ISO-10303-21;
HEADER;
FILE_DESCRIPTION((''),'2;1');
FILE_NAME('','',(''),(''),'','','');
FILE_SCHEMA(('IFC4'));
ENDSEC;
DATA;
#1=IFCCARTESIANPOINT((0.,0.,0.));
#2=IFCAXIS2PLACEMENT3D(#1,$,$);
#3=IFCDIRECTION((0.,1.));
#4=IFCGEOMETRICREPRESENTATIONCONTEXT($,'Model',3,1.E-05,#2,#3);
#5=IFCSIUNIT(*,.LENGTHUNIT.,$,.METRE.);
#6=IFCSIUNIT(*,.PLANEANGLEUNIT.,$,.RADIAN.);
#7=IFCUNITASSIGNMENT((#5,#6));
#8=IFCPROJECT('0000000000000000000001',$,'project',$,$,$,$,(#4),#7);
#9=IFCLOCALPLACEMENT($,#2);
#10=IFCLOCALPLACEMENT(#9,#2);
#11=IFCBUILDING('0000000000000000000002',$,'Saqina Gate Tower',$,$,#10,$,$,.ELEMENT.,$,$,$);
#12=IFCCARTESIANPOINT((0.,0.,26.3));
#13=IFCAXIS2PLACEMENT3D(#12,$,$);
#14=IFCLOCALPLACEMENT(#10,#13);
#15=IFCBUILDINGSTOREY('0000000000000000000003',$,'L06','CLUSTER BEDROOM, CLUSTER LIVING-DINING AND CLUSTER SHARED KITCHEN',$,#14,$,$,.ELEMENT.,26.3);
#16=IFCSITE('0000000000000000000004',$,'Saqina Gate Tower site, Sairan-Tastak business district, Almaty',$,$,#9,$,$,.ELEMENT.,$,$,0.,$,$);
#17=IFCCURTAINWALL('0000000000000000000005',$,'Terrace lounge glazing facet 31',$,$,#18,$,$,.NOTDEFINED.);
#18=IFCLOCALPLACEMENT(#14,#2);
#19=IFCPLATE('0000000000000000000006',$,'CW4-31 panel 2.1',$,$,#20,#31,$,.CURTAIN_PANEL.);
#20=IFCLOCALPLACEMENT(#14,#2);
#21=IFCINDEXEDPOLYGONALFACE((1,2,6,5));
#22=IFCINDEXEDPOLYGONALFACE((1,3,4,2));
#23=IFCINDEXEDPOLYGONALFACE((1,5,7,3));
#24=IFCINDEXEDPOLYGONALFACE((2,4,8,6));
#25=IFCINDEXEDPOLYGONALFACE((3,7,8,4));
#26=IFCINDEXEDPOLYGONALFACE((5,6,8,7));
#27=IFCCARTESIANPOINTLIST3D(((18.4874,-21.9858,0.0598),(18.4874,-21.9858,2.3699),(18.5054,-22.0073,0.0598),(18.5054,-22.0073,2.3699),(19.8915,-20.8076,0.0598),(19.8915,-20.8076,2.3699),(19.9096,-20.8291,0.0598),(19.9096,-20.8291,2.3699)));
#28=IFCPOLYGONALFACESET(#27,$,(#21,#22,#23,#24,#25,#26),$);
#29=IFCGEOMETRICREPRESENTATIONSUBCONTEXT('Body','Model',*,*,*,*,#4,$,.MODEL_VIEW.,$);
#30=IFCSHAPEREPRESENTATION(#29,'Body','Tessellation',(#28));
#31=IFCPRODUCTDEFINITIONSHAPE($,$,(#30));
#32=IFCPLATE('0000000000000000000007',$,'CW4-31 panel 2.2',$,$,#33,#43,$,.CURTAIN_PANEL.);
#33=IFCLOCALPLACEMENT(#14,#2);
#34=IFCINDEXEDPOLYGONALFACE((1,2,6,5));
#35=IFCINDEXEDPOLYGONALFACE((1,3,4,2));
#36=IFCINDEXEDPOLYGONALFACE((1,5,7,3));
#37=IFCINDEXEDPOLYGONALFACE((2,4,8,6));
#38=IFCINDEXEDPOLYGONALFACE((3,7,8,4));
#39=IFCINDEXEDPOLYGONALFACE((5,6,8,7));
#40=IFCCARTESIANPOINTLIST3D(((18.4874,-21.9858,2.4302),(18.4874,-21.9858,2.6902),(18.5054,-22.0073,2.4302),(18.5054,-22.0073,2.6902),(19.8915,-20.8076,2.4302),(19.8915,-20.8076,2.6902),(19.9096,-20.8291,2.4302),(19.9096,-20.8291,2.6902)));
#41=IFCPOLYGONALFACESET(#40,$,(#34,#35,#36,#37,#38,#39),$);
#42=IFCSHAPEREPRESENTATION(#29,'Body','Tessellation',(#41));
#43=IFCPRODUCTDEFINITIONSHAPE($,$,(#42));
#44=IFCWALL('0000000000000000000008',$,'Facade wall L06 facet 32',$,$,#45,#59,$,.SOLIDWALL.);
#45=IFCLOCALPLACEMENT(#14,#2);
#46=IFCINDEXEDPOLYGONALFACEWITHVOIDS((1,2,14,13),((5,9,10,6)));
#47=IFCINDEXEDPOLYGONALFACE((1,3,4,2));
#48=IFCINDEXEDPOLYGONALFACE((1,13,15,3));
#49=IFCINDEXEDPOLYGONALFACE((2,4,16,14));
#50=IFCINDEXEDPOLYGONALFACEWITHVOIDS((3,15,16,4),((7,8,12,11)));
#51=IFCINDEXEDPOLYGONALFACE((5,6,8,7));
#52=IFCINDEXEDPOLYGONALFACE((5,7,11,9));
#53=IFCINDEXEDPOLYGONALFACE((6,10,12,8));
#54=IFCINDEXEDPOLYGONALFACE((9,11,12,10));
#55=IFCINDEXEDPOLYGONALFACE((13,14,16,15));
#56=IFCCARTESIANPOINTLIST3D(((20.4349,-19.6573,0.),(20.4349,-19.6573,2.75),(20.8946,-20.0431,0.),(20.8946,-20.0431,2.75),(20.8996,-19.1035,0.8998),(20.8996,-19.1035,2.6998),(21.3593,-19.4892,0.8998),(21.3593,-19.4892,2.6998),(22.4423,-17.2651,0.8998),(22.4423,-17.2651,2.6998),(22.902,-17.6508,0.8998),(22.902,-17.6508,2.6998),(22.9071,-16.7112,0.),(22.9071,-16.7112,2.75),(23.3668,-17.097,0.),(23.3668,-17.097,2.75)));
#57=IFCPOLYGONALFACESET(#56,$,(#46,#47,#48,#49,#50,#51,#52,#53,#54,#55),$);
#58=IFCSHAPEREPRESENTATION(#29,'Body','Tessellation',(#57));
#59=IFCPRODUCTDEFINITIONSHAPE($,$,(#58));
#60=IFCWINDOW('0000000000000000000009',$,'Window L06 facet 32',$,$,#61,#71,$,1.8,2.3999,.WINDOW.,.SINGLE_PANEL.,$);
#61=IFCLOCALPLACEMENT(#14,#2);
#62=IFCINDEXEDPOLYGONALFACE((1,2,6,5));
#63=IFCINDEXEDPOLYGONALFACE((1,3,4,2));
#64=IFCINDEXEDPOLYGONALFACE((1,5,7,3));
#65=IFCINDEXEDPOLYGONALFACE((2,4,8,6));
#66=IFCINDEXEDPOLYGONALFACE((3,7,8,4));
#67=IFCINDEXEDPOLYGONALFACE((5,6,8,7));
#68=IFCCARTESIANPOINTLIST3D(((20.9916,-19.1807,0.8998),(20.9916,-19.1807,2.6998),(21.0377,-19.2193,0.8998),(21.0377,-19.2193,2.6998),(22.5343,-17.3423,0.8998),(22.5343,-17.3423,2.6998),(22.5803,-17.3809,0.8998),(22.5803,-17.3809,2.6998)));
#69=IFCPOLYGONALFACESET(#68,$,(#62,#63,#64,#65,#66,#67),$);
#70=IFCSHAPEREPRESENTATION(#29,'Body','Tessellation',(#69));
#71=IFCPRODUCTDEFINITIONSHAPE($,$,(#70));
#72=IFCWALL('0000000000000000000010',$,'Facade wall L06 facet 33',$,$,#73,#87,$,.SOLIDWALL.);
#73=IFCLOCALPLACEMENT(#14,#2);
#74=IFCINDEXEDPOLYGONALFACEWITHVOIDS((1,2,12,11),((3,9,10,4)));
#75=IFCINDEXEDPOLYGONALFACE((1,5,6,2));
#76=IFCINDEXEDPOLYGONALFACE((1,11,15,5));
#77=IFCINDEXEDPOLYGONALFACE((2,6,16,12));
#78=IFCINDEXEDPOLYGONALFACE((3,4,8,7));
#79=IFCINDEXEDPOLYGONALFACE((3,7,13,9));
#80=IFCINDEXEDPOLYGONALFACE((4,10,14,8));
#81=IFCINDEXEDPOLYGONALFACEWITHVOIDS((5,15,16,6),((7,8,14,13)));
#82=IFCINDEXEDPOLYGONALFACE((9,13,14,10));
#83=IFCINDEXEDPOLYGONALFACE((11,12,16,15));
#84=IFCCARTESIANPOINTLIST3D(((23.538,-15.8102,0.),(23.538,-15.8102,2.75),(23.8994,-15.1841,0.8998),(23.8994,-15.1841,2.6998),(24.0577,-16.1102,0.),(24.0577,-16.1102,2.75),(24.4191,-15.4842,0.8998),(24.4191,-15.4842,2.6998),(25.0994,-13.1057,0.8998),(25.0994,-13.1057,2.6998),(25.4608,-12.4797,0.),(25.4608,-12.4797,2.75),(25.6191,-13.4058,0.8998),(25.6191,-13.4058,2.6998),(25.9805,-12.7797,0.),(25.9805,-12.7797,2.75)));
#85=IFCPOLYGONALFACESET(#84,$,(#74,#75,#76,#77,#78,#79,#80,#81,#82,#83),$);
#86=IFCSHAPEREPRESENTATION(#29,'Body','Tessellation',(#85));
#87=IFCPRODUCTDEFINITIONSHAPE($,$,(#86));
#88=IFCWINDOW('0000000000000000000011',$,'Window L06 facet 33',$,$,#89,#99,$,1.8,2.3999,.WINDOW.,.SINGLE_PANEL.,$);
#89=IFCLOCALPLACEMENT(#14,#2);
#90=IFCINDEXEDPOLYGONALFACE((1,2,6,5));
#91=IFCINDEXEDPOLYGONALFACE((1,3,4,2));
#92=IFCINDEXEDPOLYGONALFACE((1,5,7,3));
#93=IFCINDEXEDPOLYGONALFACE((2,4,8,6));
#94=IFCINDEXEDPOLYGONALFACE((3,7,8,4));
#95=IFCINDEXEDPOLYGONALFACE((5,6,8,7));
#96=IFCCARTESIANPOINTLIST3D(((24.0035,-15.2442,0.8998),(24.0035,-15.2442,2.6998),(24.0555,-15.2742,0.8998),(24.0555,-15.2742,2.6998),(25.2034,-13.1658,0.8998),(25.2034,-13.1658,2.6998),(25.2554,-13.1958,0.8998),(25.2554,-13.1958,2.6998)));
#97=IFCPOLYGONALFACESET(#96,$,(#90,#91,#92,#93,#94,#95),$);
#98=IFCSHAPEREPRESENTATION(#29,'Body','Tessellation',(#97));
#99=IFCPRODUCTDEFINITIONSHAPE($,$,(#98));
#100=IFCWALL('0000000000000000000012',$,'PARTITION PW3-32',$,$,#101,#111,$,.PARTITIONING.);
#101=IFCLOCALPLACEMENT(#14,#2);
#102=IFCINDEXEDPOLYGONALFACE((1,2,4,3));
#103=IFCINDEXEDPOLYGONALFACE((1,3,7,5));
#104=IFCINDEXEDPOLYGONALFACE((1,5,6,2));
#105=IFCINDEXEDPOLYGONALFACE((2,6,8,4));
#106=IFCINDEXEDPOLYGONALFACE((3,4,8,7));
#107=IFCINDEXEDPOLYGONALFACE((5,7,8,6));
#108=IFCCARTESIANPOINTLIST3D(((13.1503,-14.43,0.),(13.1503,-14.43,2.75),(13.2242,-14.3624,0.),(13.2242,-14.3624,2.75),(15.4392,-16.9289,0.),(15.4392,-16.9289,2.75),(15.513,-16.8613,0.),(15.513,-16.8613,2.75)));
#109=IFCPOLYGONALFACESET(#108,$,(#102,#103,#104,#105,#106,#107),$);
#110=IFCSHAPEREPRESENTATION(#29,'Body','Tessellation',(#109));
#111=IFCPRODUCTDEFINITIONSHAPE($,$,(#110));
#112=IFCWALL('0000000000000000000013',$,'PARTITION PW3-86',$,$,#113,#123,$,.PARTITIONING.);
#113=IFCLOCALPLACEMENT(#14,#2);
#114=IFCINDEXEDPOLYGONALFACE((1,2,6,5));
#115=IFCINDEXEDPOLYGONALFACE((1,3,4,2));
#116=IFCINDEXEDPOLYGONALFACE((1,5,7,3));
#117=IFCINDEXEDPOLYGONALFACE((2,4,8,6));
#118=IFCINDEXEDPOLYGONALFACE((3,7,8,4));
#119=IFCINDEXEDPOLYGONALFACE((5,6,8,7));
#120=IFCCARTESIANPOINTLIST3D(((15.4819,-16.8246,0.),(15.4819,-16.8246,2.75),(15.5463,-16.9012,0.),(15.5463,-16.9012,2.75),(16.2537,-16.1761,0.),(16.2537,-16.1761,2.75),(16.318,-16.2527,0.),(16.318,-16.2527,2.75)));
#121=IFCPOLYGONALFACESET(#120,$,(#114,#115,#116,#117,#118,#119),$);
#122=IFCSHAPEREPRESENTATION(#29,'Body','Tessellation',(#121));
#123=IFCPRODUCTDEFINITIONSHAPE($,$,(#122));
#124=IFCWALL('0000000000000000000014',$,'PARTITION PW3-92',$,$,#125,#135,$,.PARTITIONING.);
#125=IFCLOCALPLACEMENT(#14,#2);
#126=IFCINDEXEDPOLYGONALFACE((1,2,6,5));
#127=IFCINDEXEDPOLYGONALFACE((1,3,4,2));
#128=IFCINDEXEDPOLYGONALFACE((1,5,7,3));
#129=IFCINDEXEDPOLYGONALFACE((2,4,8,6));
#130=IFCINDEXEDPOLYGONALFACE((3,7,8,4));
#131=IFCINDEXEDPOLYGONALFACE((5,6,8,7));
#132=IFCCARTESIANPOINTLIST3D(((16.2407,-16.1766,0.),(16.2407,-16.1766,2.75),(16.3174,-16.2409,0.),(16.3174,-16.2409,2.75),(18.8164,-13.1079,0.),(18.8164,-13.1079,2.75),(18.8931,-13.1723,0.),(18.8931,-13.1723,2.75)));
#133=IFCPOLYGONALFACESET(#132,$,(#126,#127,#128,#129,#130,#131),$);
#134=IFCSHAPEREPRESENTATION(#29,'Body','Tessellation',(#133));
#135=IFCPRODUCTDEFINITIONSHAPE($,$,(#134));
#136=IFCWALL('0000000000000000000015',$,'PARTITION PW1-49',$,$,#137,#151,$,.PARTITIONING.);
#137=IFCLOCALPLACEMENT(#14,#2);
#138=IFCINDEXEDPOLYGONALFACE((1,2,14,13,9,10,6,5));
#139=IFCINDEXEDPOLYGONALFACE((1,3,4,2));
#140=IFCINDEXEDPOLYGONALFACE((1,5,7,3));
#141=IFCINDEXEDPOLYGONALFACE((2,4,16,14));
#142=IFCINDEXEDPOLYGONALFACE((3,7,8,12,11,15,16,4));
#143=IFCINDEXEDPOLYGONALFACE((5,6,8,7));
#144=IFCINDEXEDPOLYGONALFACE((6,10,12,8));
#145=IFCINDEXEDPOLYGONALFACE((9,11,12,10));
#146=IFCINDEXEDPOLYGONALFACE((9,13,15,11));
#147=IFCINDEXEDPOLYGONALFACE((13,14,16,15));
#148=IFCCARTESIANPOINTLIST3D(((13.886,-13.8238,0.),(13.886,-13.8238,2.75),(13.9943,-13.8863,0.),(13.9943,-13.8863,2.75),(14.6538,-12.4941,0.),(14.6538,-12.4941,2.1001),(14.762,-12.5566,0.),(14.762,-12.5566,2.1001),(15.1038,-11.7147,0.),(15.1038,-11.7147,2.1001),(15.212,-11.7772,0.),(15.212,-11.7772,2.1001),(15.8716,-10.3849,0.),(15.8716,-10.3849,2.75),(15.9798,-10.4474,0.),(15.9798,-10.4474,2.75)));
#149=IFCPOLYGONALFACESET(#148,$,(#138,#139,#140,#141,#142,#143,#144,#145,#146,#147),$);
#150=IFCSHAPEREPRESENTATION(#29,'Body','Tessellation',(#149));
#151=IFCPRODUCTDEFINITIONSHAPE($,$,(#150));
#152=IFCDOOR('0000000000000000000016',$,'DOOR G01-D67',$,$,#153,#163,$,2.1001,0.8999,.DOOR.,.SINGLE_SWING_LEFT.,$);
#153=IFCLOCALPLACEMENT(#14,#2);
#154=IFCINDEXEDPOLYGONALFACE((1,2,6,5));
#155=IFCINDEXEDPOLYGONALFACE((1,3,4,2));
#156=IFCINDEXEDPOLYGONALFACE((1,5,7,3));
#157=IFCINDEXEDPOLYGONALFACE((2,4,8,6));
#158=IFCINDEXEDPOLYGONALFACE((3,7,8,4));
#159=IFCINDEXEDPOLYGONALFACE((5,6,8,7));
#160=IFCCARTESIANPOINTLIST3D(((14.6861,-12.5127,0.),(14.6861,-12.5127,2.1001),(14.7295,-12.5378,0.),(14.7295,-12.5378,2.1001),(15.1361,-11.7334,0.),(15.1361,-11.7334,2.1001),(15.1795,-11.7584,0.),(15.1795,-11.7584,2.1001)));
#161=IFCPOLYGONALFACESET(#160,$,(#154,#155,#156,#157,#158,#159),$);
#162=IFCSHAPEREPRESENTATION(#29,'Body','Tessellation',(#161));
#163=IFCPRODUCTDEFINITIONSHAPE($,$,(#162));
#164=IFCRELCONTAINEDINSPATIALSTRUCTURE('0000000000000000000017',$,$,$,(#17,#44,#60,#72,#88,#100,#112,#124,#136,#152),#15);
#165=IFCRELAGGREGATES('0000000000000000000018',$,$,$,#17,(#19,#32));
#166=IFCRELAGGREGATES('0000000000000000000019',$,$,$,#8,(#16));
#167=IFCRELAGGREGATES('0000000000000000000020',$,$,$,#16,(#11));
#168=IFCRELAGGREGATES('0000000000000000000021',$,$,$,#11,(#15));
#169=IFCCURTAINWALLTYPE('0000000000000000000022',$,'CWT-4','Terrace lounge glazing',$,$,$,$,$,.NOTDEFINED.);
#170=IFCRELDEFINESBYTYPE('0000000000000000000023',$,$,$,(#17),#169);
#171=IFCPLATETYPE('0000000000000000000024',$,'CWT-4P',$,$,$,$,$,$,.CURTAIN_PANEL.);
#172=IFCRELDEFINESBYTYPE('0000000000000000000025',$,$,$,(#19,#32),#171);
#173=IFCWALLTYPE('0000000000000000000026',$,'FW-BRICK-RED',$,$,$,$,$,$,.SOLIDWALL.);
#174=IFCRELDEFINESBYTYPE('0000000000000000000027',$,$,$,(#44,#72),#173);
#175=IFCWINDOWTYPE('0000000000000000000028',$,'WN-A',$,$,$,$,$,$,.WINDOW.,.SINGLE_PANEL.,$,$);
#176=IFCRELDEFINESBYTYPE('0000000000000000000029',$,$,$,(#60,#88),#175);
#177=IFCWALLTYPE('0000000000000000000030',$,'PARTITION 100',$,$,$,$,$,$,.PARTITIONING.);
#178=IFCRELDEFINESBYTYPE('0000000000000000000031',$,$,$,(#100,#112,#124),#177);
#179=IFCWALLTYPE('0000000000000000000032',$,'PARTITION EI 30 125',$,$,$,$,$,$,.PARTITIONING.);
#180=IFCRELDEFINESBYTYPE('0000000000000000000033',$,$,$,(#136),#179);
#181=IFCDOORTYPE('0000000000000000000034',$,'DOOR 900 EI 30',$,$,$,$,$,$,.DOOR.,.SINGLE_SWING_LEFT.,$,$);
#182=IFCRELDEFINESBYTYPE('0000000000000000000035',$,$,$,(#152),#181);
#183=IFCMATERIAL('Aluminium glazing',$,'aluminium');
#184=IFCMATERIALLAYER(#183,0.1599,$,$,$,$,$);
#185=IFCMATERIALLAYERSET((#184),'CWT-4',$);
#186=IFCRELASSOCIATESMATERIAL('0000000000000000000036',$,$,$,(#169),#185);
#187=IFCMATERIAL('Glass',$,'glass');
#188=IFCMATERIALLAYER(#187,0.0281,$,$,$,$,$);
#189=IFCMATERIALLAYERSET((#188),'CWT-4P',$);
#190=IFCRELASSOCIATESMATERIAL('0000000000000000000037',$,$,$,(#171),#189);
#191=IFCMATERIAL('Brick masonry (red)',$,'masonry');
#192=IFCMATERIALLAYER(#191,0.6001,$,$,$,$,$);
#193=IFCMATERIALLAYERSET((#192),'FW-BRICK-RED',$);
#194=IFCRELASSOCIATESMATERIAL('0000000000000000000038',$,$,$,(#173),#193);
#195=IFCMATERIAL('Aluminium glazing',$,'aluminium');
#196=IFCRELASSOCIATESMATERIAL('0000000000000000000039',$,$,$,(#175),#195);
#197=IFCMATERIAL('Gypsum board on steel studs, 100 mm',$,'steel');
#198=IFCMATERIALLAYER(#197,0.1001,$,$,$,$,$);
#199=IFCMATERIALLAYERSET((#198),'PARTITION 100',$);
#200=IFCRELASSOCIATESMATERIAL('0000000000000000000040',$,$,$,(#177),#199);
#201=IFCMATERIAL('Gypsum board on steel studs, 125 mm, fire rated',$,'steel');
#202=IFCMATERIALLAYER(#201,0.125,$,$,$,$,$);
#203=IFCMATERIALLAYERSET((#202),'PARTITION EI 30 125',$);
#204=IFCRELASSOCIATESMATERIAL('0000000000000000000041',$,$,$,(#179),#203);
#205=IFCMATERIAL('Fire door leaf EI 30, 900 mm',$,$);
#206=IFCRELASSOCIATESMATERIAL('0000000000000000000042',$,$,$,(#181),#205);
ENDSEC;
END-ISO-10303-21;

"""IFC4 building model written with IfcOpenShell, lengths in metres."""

from ifc_helpers import new_model, si_unit, direction, frame, frame_2d, origin, origin_2d, place, context, subcontext, project, spatial, rectangle, extrude, material, layer, layer_set, type_object, element, fill, aggregate, save


model = new_model("IFC4")

# Units and contexts
model_context = context("Model", 3, precision=1e-05, world=origin(), true_north=direction((0.0, 1.0)))
body_context = subcontext(model_context, "Body", "Model", "MODEL_VIEW")
ifc_project = project(units=[si_unit("LENGTHUNIT", "METRE"), si_unit("PLANEANGLEUNIT", "RADIAN")], contexts=[model_context])

# Site, building, storey
site_placement = place(None, origin())
site = spatial("IfcSite", under=ifc_project, at=site_placement, Name="Saqina Gate Tower site, Sairan-Tastak business district, Almaty", CompositionType="ELEMENT", RefElevation=0.0)
building_placement = place(site_placement, origin())
building = spatial("IfcBuilding", under=site, at=building_placement, Name="Saqina Gate Tower", CompositionType="ELEMENT")
storey_placement = place(building_placement, frame((0.0, 0.0, 26.3)))
storey = spatial("IfcBuildingStorey", under=building, at=storey_placement, Name="L06", Description="CLUSTER BEDROOM, CLUSTER LIVING-DINING AND CLUSTER SHARED KITCHEN", CompositionType="ELEMENT", Elevation=26.3)

# Curtain wall, plates
ifc_material_1 = material(Name="Aluminium glazing", Category="aluminium")
ifc_layer_1 = layer(ifc_material_1, 0.1599)
ifc_layer_set_1 = layer_set([ifc_layer_1], Name="CWT-4")
curtain_wall_type = type_object("IfcCurtainWallType", Name="CWT-4", Description="Terrace lounge glazing", PredefinedType="NOTDEFINED", material=ifc_layer_set_1)
curtain_wall_placement = place(storey_placement, origin())
curtain_wall = element("IfcCurtainWall", 1, at=curtain_wall_placement, inside=storey, type_object=curtain_wall_type, Name="Terrace lounge glazing facet 31", PredefinedType="NOTDEFINED")
ifc_material_2 = material(Name="Glass", Category="glass")
ifc_layer_2 = layer(ifc_material_2, 0.0281)
ifc_layer_set_2 = layer_set([ifc_layer_2], Name="CWT-4P")
plate_type = type_object("IfcPlateType", Name="CWT-4P", PredefinedType="CURTAIN_PANEL", material=ifc_layer_set_2)
plate_1_placement = place(storey_placement, frame((19.1985, -21.4075, 0.0598), z_axis=(0.0, 0.0, 1.0), x_axis=(0.766041, 0.642792, 0.0)))
plate_1 = element("IfcPlate", 2, at=plate_1_placement, type_object=plate_type, Name="CW4-31 panel 2.1", PredefinedType="CURTAIN_PANEL", context=body_context, shape_type="SweptSolid", body=[
    extrude(rectangle(XDim=1.833, YDim=0.0281, at=origin_2d()), origin(), (0.0, 0.0, 1.0), 2.3101),
])
plate_2_placement = place(storey_placement, frame((19.1985, -21.4075, 2.4302), z_axis=(0.0, 0.0, 1.0), x_axis=(0.766041, 0.642792, 0.0)))
plate_2 = element("IfcPlate", 3, at=plate_2_placement, type_object=plate_type, Name="CW4-31 panel 2.2", PredefinedType="CURTAIN_PANEL", context=body_context, shape_type="SweptSolid", body=[
    extrude(rectangle(XDim=1.833, YDim=0.0281, at=origin_2d()), origin(), (0.0, 0.0, 1.0), 0.26),
])
aggregate(curtain_wall, [plate_1, plate_2])

# Walls, openings, windows
ifc_material_3 = material(Name="Brick masonry (red)", Category="masonry")
ifc_layer_3 = layer(ifc_material_3, 0.6001)
ifc_layer_set_3 = layer_set([ifc_layer_3], Name="FW-BRICK-RED")
wall_type_1 = type_object("IfcWallType", Name="FW-BRICK-RED", PredefinedType="SOLIDWALL", material=ifc_layer_set_3)
wall_1_placement = place(storey_placement, frame((20.6648, -19.8501, 0.0), z_axis=(0.0, 0.0, 1.0), x_axis=(0.642809, 0.766026, 0.0)))
wall_1 = element("IfcWall", 4, at=wall_1_placement, inside=storey, type_object=wall_type_1, Name="Facade wall L06 facet 32", PredefinedType="SOLIDWALL", context=body_context, shape_type="SweptSolid", body=[
    extrude(rectangle(XDim=3.8459, YDim=0.6001, at=frame_2d((1.9229, 0.0))), origin(), (0.0, 0.0, 1.0), 2.75),
])
opening_1_placement = place(wall_1_placement, frame((0.7229, 0.0, 0.8999)))
opening_1 = element("IfcOpeningElement", 5, at=opening_1_placement, cuts=wall_1, PredefinedType="OPENING", context=body_context, shape_type="SweptSolid", body=[
    extrude(rectangle(XDim=2.3999, YDim=1.8, at=frame_2d((1.2, 0.8999))), frame((0.0, 0.312, 0.0), z_axis=(0.0, -1.0, 0.0), x_axis=(1.0, 0.0, 0.0)), (0.0, 0.0, 1.0), 0.624),
])
ifc_material_4 = material(Name="Aluminium glazing", Category="aluminium")
window_type = type_object("IfcWindowType", Name="WN-A", PartitioningType="SINGLE_PANEL", PredefinedType="WINDOW", material=ifc_material_4)
window_1_placement = place(opening_1_placement, origin())
window_1 = element("IfcWindow", 6, at=window_1_placement, inside=storey, type_object=window_type, Name="Window L06 facet 32", OverallHeight=1.8, OverallWidth=2.3999, PartitioningType="SINGLE_PANEL", PredefinedType="WINDOW", context=body_context, shape_type="SweptSolid", body=[
    extrude(rectangle(XDim=2.3999, YDim=1.8, at=frame_2d((1.2, 0.8999))), frame((0.0, 0.1799, 0.0), z_axis=(0.0, -1.0, 0.0), x_axis=(1.0, 0.0, 0.0)), (0.0, 0.0, 1.0), 0.0601),
])
fill(opening_1, window_1)
wall_2_placement = place(storey_placement, frame((23.7979, -15.9602, 0.0), z_axis=(0.0, 0.0, 1.0), x_axis=(0.49999, 0.866031, 0.0)))
wall_2 = element("IfcWall", 7, at=wall_2_placement, inside=storey, type_object=wall_type_1, Name="Facade wall L06 facet 33", PredefinedType="SOLIDWALL", context=body_context, shape_type="SweptSolid", body=[
    extrude(rectangle(XDim=3.8457, YDim=0.6001, at=frame_2d((1.9229, 0.0))), origin(), (0.0, 0.0, 1.0), 2.75),
])
opening_2_placement = place(wall_2_placement, frame((0.7229, 0.0, 0.8999)))
opening_2 = element("IfcOpeningElement", 8, at=opening_2_placement, cuts=wall_2, PredefinedType="OPENING", context=body_context, shape_type="SweptSolid", body=[
    extrude(rectangle(XDim=2.3999, YDim=1.8, at=frame_2d((1.2, 0.8999))), frame((0.0, 0.312, 0.0), z_axis=(0.0, -1.0, 0.0), x_axis=(1.0, 0.0, 0.0)), (0.0, 0.0, 1.0), 0.624),
])
window_2_placement = place(opening_2_placement, origin())
window_2 = element("IfcWindow", 9, at=window_2_placement, inside=storey, type_object=window_type, Name="Window L06 facet 33", OverallHeight=1.8, OverallWidth=2.3999, PartitioningType="SINGLE_PANEL", PredefinedType="WINDOW", context=body_context, shape_type="SweptSolid", body=[
    extrude(rectangle(XDim=2.3999, YDim=1.8, at=frame_2d((1.2, 0.8999))), frame((0.0, 0.1799, 0.0), z_axis=(0.0, -1.0, 0.0), x_axis=(1.0, 0.0, 0.0)), (0.0, 0.0, 1.0), 0.0601),
])
fill(opening_2, window_2)

# Walls
ifc_material_5 = material(Name="Gypsum board on steel studs, 100 mm", Category="steel")
ifc_layer_4 = layer(ifc_material_5, 0.1001)
ifc_layer_set_4 = layer_set([ifc_layer_4], Name="PARTITION 100")
wall_type_2 = type_object("IfcWallType", Name="PARTITION 100", PredefinedType="PARTITIONING", material=ifc_layer_set_4)
wall_3_placement = place(storey_placement, frame((13.1873, -14.3962, 0.0), z_axis=(0.0, 0.0, 1.0), x_axis=(0.675447, -0.737408, 0.0)))
element("IfcWall", 10, at=wall_3_placement, inside=storey, type_object=wall_type_2, Name="PARTITION PW3-32", PredefinedType="PARTITIONING", context=body_context, shape_type="SweptSolid", body=[
    extrude(rectangle(XDim=3.3887, YDim=0.1001, at=frame_2d((1.6943, 0.0))), origin(), (0.0, 0.0, 1.0), 2.75),
])
wall_4_placement = place(storey_placement, frame((15.5142, -16.8628, 0.0), z_axis=(0.0, 0.0, 1.0), x_axis=(0.765614, 0.6433, 0.0)))
element("IfcWall", 11, at=wall_4_placement, inside=storey, type_object=wall_type_2, Name="PARTITION PW3-86", PredefinedType="PARTITIONING", context=body_context, shape_type="SweptSolid", body=[
    extrude(rectangle(XDim=1.0081, YDim=0.1001, at=frame_2d((0.5039, 0.0))), origin(), (0.0, 0.0, 1.0), 2.75),
])
wall_5_placement = place(storey_placement, frame((16.2791, -16.2087, 0.0), z_axis=(0.0, 0.0, 1.0), x_axis=(0.642908, 0.765944, 0.0)))
element("IfcWall", 12, at=wall_5_placement, inside=storey, type_object=wall_type_2, Name="PARTITION PW3-92", PredefinedType="PARTITIONING", context=body_context, shape_type="SweptSolid", body=[
    extrude(rectangle(XDim=4.0063, YDim=0.1001, at=frame_2d((2.0032, 0.0))), origin(), (0.0, 0.0, 1.0), 2.75),
])

# Wall, opening, door
ifc_material_6 = material(Name="Gypsum board on steel studs, 125 mm, fire rated", Category="steel")
ifc_layer_5 = layer(ifc_material_6, 0.125)
ifc_layer_set_5 = layer_set([ifc_layer_5], Name="PARTITION EI 30 125")
wall_type_3 = type_object("IfcWallType", Name="PARTITION EI 30 125", PredefinedType="PARTITIONING", material=ifc_layer_set_5)
wall_6_placement = place(storey_placement, frame((13.9402, -13.855, 0.0), z_axis=(0.0, 0.0, 1.0), x_axis=(0.50002, 0.866014, 0.0)))
wall_6 = element("IfcWall", 13, at=wall_6_placement, inside=storey, type_object=wall_type_3, Name="PARTITION PW1-49", PredefinedType="PARTITIONING", context=body_context, shape_type="SweptSolid", body=[
    extrude(rectangle(XDim=3.9709, YDim=0.125, at=frame_2d((1.9854, 0.0))), origin(), (0.0, 0.0, 1.0), 2.75),
])
opening_3_placement = place(wall_6_placement, frame((1.5354, 0.0, 0.0)))
opening_3 = element("IfcOpeningElement", 14, at=opening_3_placement, cuts=wall_6, PredefinedType="OPENING", context=body_context, shape_type="SweptSolid", body=[
    extrude(rectangle(XDim=0.8999, YDim=2.1001, at=frame_2d((0.45, 1.05))), frame((0.0, 0.0745, 0.0), z_axis=(0.0, -1.0, 0.0), x_axis=(1.0, 0.0, 0.0)), (0.0, 0.0, 1.0), 0.1489),
])
ifc_material_7 = material(Name="Fire door leaf EI 30, 900 mm")
door_type = type_object("IfcDoorType", Name="DOOR 900 EI 30", OperationType="SINGLE_SWING_LEFT", PredefinedType="DOOR", material=ifc_material_7)
door_placement = place(opening_3_placement, frame((0.8999, 0.0, 0.0), z_axis=(0.0, 0.0, 1.0), x_axis=(-1.0, 0.0, 0.0)))
door = element("IfcDoor", 15, at=door_placement, inside=storey, type_object=door_type, Name="DOOR G01-D67", OperationType="SINGLE_SWING_LEFT", OverallHeight=2.1001, OverallWidth=0.8999, PredefinedType="DOOR", context=body_context, shape_type="SweptSolid", body=[
    extrude(rectangle(XDim=0.8999, YDim=2.1001, at=frame_2d((0.45, 1.05))), frame((0.0, 0.0249, 0.0), z_axis=(0.0, -1.0, 0.0), x_axis=(1.0, 0.0, 0.0)), (0.0, 0.0, 1.0), 0.05),
])
fill(opening_3, door)

save(model, "model.ifc")
